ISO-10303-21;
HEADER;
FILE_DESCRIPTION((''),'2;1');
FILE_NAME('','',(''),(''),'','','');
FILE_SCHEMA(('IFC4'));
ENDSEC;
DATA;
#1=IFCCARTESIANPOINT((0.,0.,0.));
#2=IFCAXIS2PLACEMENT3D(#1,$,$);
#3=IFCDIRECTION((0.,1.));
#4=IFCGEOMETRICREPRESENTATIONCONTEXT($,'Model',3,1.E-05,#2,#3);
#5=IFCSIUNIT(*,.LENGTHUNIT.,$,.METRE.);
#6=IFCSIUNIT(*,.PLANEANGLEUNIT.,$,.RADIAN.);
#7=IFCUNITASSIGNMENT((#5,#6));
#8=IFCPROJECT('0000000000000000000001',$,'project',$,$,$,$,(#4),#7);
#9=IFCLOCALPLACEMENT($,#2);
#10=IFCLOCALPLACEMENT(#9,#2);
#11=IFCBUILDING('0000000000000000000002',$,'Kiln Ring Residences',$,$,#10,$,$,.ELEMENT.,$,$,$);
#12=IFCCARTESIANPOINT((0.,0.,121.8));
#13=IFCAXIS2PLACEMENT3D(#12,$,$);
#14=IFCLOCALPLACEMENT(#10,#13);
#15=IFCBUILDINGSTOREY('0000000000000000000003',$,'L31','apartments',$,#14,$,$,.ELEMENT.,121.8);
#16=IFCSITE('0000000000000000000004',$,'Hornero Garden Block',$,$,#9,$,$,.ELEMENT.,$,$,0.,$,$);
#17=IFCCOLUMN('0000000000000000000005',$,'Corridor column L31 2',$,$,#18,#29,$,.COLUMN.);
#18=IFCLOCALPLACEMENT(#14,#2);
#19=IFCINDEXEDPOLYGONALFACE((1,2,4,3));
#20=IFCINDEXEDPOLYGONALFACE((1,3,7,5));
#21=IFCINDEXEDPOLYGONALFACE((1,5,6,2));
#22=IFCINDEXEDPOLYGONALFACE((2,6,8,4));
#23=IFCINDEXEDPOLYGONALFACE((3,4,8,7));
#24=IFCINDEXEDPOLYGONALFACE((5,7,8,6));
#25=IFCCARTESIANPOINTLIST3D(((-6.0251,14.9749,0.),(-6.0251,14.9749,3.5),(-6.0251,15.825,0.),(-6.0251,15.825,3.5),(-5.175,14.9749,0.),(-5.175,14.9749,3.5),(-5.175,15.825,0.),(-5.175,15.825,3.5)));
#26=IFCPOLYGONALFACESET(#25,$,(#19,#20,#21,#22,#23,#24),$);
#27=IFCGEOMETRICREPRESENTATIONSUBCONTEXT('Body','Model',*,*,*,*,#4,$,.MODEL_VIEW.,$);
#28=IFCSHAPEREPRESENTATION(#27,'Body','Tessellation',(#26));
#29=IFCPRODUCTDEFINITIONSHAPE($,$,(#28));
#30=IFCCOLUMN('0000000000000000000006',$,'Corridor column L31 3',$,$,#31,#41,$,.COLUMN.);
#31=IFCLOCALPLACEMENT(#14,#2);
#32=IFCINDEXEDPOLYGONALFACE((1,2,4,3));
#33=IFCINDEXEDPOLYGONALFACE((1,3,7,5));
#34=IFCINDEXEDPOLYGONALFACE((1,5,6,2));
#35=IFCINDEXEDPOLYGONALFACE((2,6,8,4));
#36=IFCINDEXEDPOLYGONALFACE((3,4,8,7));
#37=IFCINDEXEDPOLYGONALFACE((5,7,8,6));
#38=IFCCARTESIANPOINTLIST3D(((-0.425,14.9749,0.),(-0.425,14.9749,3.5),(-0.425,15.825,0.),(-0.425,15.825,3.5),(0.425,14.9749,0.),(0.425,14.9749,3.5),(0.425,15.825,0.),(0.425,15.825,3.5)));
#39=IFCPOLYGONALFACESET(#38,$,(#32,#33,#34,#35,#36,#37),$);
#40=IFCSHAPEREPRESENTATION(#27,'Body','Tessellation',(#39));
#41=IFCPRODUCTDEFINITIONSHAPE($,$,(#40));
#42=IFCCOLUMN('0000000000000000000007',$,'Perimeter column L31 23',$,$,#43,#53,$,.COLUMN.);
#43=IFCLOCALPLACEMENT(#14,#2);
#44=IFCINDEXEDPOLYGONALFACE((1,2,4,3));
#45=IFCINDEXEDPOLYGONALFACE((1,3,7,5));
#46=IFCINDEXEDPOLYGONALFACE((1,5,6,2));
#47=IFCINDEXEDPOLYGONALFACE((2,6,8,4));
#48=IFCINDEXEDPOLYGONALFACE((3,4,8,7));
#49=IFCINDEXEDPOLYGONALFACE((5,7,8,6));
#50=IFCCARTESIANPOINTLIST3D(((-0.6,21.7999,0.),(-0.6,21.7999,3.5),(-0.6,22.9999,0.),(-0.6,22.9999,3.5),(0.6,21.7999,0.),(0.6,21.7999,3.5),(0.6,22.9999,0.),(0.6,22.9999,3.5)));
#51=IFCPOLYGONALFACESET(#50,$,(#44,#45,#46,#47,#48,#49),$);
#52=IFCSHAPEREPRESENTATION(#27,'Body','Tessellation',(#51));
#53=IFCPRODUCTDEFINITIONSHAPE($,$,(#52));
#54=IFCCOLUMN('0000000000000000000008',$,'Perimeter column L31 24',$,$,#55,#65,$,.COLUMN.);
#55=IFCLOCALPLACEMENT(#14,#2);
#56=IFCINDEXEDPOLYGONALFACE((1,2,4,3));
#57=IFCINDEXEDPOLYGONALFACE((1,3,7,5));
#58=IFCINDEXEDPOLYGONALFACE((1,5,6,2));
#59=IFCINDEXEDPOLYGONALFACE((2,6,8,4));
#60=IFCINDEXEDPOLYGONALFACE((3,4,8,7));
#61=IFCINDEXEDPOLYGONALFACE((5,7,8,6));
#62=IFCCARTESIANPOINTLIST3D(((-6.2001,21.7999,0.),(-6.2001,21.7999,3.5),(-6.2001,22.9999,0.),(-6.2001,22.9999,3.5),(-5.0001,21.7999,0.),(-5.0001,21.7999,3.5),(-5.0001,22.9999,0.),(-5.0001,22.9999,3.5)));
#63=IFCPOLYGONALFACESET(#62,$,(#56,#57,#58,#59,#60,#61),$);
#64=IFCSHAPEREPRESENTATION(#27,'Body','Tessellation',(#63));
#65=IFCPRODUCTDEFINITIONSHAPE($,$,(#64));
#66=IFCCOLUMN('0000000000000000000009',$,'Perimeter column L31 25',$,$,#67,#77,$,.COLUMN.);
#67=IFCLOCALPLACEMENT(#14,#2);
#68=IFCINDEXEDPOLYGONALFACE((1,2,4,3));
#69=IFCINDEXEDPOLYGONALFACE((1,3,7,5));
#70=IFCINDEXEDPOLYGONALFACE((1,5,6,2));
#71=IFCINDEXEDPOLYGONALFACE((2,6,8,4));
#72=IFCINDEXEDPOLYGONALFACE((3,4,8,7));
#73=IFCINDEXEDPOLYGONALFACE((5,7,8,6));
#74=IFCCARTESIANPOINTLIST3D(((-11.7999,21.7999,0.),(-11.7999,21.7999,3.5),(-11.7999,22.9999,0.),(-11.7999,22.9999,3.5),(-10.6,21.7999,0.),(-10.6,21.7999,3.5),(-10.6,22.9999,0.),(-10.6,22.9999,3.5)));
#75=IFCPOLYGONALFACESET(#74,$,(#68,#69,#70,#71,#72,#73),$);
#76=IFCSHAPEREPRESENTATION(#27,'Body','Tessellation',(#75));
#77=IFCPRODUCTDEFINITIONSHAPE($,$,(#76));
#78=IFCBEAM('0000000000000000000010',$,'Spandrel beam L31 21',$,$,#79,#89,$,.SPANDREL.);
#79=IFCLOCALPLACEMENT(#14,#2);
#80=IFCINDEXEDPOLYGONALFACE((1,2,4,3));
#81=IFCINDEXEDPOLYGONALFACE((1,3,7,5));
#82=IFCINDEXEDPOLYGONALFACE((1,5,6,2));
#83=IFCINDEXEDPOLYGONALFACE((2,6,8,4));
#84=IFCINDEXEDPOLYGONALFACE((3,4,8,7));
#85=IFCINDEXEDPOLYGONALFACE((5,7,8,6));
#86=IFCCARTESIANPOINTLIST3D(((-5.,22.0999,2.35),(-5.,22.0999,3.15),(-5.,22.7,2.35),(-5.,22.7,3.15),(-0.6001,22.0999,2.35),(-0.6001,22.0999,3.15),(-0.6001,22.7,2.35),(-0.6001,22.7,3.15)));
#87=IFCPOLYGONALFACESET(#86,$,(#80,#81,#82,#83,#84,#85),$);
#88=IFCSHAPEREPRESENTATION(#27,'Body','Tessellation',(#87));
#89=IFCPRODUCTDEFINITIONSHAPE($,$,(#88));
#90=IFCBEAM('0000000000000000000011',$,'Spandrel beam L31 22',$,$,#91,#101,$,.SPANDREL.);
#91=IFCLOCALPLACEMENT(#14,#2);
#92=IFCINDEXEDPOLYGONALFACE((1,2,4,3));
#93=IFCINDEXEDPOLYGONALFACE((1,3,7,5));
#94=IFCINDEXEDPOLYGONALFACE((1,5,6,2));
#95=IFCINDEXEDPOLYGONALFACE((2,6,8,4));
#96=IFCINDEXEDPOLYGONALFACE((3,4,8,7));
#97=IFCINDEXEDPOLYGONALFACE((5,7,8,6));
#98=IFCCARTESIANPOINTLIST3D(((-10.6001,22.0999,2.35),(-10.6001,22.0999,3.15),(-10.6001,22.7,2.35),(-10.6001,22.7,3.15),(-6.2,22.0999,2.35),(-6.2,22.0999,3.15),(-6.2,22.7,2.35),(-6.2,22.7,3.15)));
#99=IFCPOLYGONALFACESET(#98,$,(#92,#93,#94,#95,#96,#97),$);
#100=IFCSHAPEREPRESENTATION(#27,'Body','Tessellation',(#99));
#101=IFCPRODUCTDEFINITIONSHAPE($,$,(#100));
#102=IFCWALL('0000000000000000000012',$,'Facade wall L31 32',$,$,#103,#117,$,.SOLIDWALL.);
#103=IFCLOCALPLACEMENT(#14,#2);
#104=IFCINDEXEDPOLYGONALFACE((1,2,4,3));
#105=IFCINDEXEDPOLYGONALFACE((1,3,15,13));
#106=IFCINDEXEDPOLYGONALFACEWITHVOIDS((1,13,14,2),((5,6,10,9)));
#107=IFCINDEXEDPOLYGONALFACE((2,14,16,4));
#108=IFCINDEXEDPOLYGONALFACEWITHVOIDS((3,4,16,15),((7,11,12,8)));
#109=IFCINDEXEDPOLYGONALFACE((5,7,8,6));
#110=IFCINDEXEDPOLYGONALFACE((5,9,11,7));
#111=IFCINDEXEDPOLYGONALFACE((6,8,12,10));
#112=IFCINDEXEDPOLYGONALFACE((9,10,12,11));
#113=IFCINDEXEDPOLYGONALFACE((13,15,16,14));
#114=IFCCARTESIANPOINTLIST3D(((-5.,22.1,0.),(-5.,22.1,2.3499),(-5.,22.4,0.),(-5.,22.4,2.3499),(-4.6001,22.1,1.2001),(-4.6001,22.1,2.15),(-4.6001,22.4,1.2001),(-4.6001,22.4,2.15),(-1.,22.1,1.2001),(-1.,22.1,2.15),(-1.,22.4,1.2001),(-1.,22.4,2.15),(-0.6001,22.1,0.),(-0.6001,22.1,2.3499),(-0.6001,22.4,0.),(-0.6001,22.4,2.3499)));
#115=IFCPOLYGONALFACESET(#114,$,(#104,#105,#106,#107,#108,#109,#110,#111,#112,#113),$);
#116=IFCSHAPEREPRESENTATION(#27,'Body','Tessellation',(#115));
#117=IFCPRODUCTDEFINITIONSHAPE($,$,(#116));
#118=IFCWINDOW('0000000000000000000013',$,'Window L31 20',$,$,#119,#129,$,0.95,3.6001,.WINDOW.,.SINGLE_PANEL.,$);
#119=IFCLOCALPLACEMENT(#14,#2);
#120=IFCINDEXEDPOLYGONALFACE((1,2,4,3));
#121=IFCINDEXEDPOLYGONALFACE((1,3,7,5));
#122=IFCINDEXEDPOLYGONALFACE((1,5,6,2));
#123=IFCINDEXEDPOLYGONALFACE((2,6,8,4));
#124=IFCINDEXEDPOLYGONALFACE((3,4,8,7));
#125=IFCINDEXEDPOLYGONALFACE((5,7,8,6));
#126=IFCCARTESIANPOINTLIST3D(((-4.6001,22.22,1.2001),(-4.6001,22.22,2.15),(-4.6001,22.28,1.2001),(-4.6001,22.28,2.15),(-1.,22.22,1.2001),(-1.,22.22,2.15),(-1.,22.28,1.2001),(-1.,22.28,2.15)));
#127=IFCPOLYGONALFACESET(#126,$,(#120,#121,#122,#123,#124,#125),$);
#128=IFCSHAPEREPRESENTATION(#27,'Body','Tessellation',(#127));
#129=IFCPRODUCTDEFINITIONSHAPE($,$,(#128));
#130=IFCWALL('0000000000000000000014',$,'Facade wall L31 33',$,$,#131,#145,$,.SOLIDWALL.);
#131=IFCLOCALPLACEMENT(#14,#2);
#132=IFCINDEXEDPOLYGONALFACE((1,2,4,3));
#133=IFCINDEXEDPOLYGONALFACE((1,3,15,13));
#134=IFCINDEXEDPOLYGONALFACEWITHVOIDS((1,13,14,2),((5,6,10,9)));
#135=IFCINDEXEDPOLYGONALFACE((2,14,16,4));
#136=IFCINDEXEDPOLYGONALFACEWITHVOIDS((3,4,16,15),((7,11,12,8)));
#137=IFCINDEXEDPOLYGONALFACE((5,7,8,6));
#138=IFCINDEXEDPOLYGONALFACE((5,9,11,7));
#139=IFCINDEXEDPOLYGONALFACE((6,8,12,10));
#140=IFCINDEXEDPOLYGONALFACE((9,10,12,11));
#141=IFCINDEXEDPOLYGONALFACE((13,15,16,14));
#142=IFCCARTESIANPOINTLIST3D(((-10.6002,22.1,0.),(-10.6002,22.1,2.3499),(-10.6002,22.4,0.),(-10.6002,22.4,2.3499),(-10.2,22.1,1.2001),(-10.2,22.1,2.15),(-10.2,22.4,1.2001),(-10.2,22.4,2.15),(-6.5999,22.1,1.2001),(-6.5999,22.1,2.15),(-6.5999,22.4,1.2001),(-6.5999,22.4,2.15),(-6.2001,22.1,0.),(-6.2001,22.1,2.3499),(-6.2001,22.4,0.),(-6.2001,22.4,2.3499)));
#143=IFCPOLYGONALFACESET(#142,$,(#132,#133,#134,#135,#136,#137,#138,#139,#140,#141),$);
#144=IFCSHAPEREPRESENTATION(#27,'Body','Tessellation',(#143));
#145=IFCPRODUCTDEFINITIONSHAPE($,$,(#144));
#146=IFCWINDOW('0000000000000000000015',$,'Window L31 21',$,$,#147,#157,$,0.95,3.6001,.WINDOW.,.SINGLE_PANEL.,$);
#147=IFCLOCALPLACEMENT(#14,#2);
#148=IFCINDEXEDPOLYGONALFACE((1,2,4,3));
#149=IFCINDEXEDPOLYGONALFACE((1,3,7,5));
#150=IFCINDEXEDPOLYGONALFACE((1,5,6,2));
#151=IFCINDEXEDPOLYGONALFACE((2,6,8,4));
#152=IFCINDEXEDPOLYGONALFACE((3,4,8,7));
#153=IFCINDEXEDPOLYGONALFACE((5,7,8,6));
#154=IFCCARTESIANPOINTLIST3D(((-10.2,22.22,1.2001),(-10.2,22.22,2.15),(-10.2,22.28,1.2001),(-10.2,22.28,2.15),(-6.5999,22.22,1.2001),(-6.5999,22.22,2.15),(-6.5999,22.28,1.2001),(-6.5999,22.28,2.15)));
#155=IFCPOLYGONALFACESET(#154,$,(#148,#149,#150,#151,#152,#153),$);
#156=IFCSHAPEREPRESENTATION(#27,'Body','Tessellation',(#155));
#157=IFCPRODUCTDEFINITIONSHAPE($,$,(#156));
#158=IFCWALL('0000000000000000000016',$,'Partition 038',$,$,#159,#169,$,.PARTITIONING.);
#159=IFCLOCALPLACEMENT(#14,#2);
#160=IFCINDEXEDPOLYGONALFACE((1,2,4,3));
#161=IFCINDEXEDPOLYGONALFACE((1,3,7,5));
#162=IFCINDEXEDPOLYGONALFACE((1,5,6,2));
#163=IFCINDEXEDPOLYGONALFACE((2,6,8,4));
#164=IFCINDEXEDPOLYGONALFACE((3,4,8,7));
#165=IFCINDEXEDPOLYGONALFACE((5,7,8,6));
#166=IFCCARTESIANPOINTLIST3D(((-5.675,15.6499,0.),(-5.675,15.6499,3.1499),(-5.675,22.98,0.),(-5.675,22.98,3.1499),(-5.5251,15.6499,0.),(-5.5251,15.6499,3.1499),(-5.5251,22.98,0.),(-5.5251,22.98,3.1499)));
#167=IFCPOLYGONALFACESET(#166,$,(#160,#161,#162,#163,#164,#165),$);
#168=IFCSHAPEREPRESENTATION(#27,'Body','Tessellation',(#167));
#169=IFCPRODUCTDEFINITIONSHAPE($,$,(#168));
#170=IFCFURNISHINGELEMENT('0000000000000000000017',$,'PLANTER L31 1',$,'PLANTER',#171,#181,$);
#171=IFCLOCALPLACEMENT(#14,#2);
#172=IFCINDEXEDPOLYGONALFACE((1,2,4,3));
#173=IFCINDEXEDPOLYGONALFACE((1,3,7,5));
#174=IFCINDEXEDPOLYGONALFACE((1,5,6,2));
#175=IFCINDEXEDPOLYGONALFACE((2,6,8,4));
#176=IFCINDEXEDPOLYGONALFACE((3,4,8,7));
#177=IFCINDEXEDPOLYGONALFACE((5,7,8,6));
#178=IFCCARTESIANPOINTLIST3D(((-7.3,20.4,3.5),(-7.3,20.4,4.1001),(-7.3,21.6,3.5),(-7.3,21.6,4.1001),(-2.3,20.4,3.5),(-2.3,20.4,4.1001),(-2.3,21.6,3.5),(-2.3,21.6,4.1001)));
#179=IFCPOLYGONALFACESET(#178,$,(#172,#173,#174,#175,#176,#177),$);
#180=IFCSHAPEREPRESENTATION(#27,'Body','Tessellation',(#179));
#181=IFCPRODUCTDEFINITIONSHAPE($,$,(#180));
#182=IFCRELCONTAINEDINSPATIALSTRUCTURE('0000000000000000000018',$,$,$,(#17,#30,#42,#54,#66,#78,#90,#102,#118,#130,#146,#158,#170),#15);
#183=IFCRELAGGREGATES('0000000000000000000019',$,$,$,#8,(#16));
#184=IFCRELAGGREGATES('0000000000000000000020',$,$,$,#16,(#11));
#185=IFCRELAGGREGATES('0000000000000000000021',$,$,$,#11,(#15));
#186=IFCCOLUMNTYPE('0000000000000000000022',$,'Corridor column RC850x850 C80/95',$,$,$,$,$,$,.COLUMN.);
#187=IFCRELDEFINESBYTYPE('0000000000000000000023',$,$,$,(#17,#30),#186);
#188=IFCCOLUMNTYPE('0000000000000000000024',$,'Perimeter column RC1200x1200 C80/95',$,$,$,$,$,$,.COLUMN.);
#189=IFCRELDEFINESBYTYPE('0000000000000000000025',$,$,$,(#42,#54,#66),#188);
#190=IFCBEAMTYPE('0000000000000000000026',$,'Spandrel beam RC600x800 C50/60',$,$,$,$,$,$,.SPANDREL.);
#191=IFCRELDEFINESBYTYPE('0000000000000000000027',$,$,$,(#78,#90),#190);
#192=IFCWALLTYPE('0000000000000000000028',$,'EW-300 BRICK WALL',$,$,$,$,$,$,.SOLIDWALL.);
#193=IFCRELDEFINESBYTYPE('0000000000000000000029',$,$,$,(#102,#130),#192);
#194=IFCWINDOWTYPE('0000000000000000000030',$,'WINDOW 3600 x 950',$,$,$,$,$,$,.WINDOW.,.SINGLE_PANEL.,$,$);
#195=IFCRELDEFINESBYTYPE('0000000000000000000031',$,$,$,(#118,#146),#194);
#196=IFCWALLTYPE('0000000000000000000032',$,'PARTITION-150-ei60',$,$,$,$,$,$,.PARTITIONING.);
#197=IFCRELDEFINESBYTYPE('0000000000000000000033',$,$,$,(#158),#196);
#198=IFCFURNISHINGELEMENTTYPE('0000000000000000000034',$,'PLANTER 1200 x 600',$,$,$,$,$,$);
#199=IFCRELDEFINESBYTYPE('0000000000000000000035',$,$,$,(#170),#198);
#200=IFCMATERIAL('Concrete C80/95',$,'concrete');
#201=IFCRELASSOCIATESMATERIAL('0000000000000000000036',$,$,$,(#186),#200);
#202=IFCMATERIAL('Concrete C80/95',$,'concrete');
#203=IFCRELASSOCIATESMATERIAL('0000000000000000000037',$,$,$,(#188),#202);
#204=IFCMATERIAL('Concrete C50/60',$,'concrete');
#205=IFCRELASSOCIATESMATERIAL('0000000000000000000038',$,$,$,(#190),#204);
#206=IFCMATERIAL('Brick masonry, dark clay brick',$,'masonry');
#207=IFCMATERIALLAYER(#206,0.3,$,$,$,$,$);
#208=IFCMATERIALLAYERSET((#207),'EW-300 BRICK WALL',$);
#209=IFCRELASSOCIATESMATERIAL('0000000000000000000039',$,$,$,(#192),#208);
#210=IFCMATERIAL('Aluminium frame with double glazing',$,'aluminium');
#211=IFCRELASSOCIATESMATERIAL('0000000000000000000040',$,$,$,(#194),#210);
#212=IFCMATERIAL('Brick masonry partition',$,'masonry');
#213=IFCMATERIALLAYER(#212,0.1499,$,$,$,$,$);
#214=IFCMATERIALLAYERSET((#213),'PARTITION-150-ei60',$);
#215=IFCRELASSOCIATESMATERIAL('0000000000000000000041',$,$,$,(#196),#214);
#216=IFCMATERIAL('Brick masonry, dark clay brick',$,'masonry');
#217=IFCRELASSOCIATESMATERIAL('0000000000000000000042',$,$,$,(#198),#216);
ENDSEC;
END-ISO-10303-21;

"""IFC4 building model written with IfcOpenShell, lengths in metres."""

from ifc_helpers import new_model, si_unit, direction, frame, frame_2d, origin, origin_2d, place, context, subcontext, project, spatial, rectangle, extrude, material, layer, layer_set, material_profile, profile_set, type_object, element, fill, save


model = new_model("IFC4")

# Units and contexts
model_context = context("Model", 3, precision=1e-05, world=origin(), true_north=direction((0.0, 1.0)))
body_context = subcontext(model_context, "Body", "Model", "MODEL_VIEW")
ifc_project = project(units=[si_unit("LENGTHUNIT", "METRE"), si_unit("PLANEANGLEUNIT", "RADIAN")], contexts=[model_context])

# Site, building, storey
site_placement = place(None, origin())
site = spatial("IfcSite", under=ifc_project, at=site_placement, Name="Hornero Garden Block", CompositionType="ELEMENT", RefElevation=0.0)
building_placement = place(site_placement, origin())
building = spatial("IfcBuilding", under=site, at=building_placement, Name="Kiln Ring Residences", CompositionType="ELEMENT")
storey_placement = place(building_placement, frame((0.0, 0.0, 121.8)))
storey = spatial("IfcBuildingStorey", under=building, at=storey_placement, Name="L31", Description="apartments", CompositionType="ELEMENT", Elevation=121.8)

# Columns
ifc_material_1 = material(Name="Concrete C80/95", Category="concrete")
ifc_material_profile_1 = material_profile(ifc_material_1, rectangle(XDim=0.8501, YDim=0.8501, at=origin_2d()), Name="RC850x850")
ifc_profile_set_1 = profile_set([ifc_material_profile_1], Name="Concrete C80/95")
column_type_1 = type_object("IfcColumnType", Name="Corridor column RC850x850 C80/95", PredefinedType="COLUMN", material=ifc_profile_set_1)
for number, where, z_axis, x_axis, name in (
    (1, (-5.6001, 15.3999, 0.0), (0.0, 0.0, 1.0), (1.0, 0.0, 0.0), "Corridor column L31 2"),
    (2, (0.0, 15.3999, 0.0), (0.0, 0.0, 1.0), (1.0, 0.0, 0.0), "Corridor column L31 3"),
):
    element("IfcColumn", number, at=place(storey_placement, frame(where, z_axis=z_axis, x_axis=x_axis)), inside=storey, type_object=column_type_1, Name=name, PredefinedType="COLUMN", context=body_context, shape_type="SweptSolid", body=[
        extrude(rectangle(XDim=0.8501, YDim=0.8501, at=origin_2d()), origin(), (0.0, 0.0, 1.0), 3.5),
    ])
ifc_material_2 = material(Name="Concrete C80/95", Category="concrete")
ifc_material_profile_2 = material_profile(ifc_material_2, rectangle(XDim=1.2, YDim=1.2, at=origin_2d()), Name="RC1200x1200")
ifc_profile_set_2 = profile_set([ifc_material_profile_2], Name="Concrete C80/95")
column_type_2 = type_object("IfcColumnType", Name="Perimeter column RC1200x1200 C80/95", PredefinedType="COLUMN", material=ifc_profile_set_2)
for number, where, z_axis, x_axis, name in (
    (3, (0.0, 22.3999, 0.0), (0.0, 0.0, 1.0), (1.0, 0.0, 0.0), "Perimeter column L31 23"),
    (4, (-5.6001, 22.3999, 0.0), (0.0, 0.0, 1.0), (1.0, 0.0, 0.0), "Perimeter column L31 24"),
    (5, (-11.2, 22.3999, 0.0), (0.0, 0.0, 1.0), (1.0, 0.0, 0.0), "Perimeter column L31 25"),
):
    element("IfcColumn", number, at=place(storey_placement, frame(where, z_axis=z_axis, x_axis=x_axis)), inside=storey, type_object=column_type_2, Name=name, PredefinedType="COLUMN", context=body_context, shape_type="SweptSolid", body=[
        extrude(rectangle(XDim=1.2, YDim=1.2, at=origin_2d()), origin(), (0.0, 0.0, 1.0), 3.5),
    ])

# Beams
ifc_material_3 = material(Name="Concrete C50/60", Category="concrete")
ifc_material_profile_3 = material_profile(ifc_material_3, rectangle(XDim=0.6001, YDim=0.8, at=origin_2d()), Name="RC600x800")
ifc_profile_set_3 = profile_set([ifc_material_profile_3], Name="Concrete C50/60")
beam_type = type_object("IfcBeamType", Name="Spandrel beam RC600x800 C50/60", PredefinedType="SPANDREL", material=ifc_profile_set_3)
beam_1_placement = place(storey_placement, frame((-0.6001, 22.3999, 2.75), z_axis=(-1.0, 0.0, 0.0), x_axis=(0.0, -1.0, 0.0)))
element("IfcBeam", 6, at=beam_1_placement, inside=storey, type_object=beam_type, Name="Spandrel beam L31 21", PredefinedType="SPANDREL", context=body_context, shape_type="SweptSolid", body=[
    extrude(rectangle(XDim=0.6001, YDim=0.8, at=origin_2d()), origin(), (0.0, 0.0, 1.0), 4.3999),
])
beam_2_placement = place(storey_placement, frame((-6.2, 22.3999, 2.75), z_axis=(-1.0, 0.0, 0.0), x_axis=(0.0, -1.0, 0.0)))
element("IfcBeam", 7, at=beam_2_placement, inside=storey, type_object=beam_type, Name="Spandrel beam L31 22", PredefinedType="SPANDREL", context=body_context, shape_type="SweptSolid", body=[
    extrude(rectangle(XDim=0.6001, YDim=0.8, at=origin_2d()), origin(), (0.0, 0.0, 1.0), 4.4001),
])

# Walls, openings, windows
ifc_material_4 = material(Name="Brick masonry, dark clay brick", Category="masonry")
ifc_layer_1 = layer(ifc_material_4, 0.3)
ifc_layer_set_1 = layer_set([ifc_layer_1], Name="EW-300 BRICK WALL")
wall_type_1 = type_object("IfcWallType", Name="EW-300 BRICK WALL", PredefinedType="SOLIDWALL", material=ifc_layer_set_1)
wall_1_placement = place(storey_placement, frame((-0.6001, 22.25, 0.0), z_axis=(0.0, 0.0, 1.0), x_axis=(-1.0, 0.0, 0.0)))
wall_1 = element("IfcWall", 8, at=wall_1_placement, inside=storey, type_object=wall_type_1, Name="Facade wall L31 32", PredefinedType="SOLIDWALL", context=body_context, shape_type="SweptSolid", body=[
    extrude(rectangle(XDim=4.3999, YDim=0.3, at=frame_2d((2.2, 0.0))), origin(), (0.0, 0.0, 1.0), 2.3499),
])
opening_1_placement = place(wall_1_placement, frame((0.3999, 0.0, 1.2)))
opening_1 = element("IfcOpeningElement", 9, at=opening_1_placement, cuts=wall_1, PredefinedType="OPENING", context=body_context, shape_type="SweptSolid", body=[
    extrude(rectangle(XDim=3.6001, YDim=0.95, at=frame_2d((1.8, 0.4751))), frame((0.0, 0.1599, 0.0), z_axis=(0.0, -1.0, 0.0), x_axis=(1.0, 0.0, 0.0)), (0.0, 0.0, 1.0), 0.3201),
])
ifc_material_5 = material(Name="Aluminium frame with double glazing", Category="aluminium")
window_type = type_object("IfcWindowType", Name="WINDOW 3600 x 950", PartitioningType="SINGLE_PANEL", PredefinedType="WINDOW", material=ifc_material_5)
window_1_placement = place(opening_1_placement, origin())
window_1 = element("IfcWindow", 10, at=window_1_placement, inside=storey, type_object=window_type, Name="Window L31 20", OverallHeight=0.95, OverallWidth=3.6001, PartitioningType="SINGLE_PANEL", PredefinedType="WINDOW", context=body_context, shape_type="SweptSolid", body=[
    extrude(rectangle(XDim=3.6001, YDim=0.95, at=frame_2d((1.8, 0.4751))), frame((0.0, 0.03, 0.0), z_axis=(0.0, -1.0, 0.0), x_axis=(1.0, 0.0, 0.0)), (0.0, 0.0, 1.0), 0.0601),
])
fill(opening_1, window_1)
wall_2_placement = place(storey_placement, frame((-6.2, 22.25, 0.0), z_axis=(0.0, 0.0, 1.0), x_axis=(-1.0, 0.0, 0.0)))
wall_2 = element("IfcWall", 11, at=wall_2_placement, inside=storey, type_object=wall_type_1, Name="Facade wall L31 33", PredefinedType="SOLIDWALL", context=body_context, shape_type="SweptSolid", body=[
    extrude(rectangle(XDim=4.4001, YDim=0.3, at=frame_2d((2.2002, 0.0))), origin(), (0.0, 0.0, 1.0), 2.3499),
])
opening_2_placement = place(wall_2_placement, frame((0.3999, 0.0, 1.2)))
opening_2 = element("IfcOpeningElement", 12, at=opening_2_placement, cuts=wall_2, PredefinedType="OPENING", context=body_context, shape_type="SweptSolid", body=[
    extrude(rectangle(XDim=3.6001, YDim=0.95, at=frame_2d((1.8, 0.4751))), frame((0.0, 0.1599, 0.0), z_axis=(0.0, -1.0, 0.0), x_axis=(1.0, 0.0, 0.0)), (0.0, 0.0, 1.0), 0.3201),
])
window_2_placement = place(opening_2_placement, origin())
window_2 = element("IfcWindow", 13, at=window_2_placement, inside=storey, type_object=window_type, Name="Window L31 21", OverallHeight=0.95, OverallWidth=3.6001, PartitioningType="SINGLE_PANEL", PredefinedType="WINDOW", context=body_context, shape_type="SweptSolid", body=[
    extrude(rectangle(XDim=3.6001, YDim=0.95, at=frame_2d((1.8, 0.4751))), frame((0.0, 0.03, 0.0), z_axis=(0.0, -1.0, 0.0), x_axis=(1.0, 0.0, 0.0)), (0.0, 0.0, 1.0), 0.0601),
])
fill(opening_2, window_2)

# Wall
ifc_material_6 = material(Name="Brick masonry partition", Category="masonry")
ifc_layer_2 = layer(ifc_material_6, 0.1499)
ifc_layer_set_2 = layer_set([ifc_layer_2], Name="PARTITION-150-ei60")
wall_type_2 = type_object("IfcWallType", Name="PARTITION-150-ei60", PredefinedType="PARTITIONING", material=ifc_layer_set_2)
wall_3_placement = place(storey_placement, frame((-5.6001, 15.6499, 0.0), z_axis=(0.0, 0.0, 1.0), x_axis=(0.0, 1.0, 0.0)))
element("IfcWall", 14, at=wall_3_placement, inside=storey, type_object=wall_type_2, Name="Partition 038", PredefinedType="PARTITIONING", context=body_context, shape_type="SweptSolid", body=[
    extrude(rectangle(XDim=7.3301, YDim=0.1499, at=frame_2d((3.665, 0.0))), origin(), (0.0, 0.0, 1.0), 3.1499),
])

# Furnishing element
ifc_material_7 = material(Name="Brick masonry, dark clay brick", Category="masonry")
furnishing_element_type = type_object("IfcFurnishingElementType", Name="PLANTER 1200 x 600", material=ifc_material_7)
furnishing_placement = place(storey_placement, frame((-4.8, 21.0, 3.5), z_axis=(0.0, 0.0, 1.0), x_axis=(1.0, 0.0, 0.0)))
element("IfcFurnishingElement", 15, at=furnishing_placement, inside=storey, type_object=furnishing_element_type, Name="PLANTER L31 1", ObjectType="PLANTER", context=body_context, shape_type="SweptSolid", body=[
    extrude(rectangle(XDim=5.0, YDim=1.2, at=origin_2d()), origin(), (0.0, 0.0, 1.0), 0.6001),
])

save(model, "model.ifc")
